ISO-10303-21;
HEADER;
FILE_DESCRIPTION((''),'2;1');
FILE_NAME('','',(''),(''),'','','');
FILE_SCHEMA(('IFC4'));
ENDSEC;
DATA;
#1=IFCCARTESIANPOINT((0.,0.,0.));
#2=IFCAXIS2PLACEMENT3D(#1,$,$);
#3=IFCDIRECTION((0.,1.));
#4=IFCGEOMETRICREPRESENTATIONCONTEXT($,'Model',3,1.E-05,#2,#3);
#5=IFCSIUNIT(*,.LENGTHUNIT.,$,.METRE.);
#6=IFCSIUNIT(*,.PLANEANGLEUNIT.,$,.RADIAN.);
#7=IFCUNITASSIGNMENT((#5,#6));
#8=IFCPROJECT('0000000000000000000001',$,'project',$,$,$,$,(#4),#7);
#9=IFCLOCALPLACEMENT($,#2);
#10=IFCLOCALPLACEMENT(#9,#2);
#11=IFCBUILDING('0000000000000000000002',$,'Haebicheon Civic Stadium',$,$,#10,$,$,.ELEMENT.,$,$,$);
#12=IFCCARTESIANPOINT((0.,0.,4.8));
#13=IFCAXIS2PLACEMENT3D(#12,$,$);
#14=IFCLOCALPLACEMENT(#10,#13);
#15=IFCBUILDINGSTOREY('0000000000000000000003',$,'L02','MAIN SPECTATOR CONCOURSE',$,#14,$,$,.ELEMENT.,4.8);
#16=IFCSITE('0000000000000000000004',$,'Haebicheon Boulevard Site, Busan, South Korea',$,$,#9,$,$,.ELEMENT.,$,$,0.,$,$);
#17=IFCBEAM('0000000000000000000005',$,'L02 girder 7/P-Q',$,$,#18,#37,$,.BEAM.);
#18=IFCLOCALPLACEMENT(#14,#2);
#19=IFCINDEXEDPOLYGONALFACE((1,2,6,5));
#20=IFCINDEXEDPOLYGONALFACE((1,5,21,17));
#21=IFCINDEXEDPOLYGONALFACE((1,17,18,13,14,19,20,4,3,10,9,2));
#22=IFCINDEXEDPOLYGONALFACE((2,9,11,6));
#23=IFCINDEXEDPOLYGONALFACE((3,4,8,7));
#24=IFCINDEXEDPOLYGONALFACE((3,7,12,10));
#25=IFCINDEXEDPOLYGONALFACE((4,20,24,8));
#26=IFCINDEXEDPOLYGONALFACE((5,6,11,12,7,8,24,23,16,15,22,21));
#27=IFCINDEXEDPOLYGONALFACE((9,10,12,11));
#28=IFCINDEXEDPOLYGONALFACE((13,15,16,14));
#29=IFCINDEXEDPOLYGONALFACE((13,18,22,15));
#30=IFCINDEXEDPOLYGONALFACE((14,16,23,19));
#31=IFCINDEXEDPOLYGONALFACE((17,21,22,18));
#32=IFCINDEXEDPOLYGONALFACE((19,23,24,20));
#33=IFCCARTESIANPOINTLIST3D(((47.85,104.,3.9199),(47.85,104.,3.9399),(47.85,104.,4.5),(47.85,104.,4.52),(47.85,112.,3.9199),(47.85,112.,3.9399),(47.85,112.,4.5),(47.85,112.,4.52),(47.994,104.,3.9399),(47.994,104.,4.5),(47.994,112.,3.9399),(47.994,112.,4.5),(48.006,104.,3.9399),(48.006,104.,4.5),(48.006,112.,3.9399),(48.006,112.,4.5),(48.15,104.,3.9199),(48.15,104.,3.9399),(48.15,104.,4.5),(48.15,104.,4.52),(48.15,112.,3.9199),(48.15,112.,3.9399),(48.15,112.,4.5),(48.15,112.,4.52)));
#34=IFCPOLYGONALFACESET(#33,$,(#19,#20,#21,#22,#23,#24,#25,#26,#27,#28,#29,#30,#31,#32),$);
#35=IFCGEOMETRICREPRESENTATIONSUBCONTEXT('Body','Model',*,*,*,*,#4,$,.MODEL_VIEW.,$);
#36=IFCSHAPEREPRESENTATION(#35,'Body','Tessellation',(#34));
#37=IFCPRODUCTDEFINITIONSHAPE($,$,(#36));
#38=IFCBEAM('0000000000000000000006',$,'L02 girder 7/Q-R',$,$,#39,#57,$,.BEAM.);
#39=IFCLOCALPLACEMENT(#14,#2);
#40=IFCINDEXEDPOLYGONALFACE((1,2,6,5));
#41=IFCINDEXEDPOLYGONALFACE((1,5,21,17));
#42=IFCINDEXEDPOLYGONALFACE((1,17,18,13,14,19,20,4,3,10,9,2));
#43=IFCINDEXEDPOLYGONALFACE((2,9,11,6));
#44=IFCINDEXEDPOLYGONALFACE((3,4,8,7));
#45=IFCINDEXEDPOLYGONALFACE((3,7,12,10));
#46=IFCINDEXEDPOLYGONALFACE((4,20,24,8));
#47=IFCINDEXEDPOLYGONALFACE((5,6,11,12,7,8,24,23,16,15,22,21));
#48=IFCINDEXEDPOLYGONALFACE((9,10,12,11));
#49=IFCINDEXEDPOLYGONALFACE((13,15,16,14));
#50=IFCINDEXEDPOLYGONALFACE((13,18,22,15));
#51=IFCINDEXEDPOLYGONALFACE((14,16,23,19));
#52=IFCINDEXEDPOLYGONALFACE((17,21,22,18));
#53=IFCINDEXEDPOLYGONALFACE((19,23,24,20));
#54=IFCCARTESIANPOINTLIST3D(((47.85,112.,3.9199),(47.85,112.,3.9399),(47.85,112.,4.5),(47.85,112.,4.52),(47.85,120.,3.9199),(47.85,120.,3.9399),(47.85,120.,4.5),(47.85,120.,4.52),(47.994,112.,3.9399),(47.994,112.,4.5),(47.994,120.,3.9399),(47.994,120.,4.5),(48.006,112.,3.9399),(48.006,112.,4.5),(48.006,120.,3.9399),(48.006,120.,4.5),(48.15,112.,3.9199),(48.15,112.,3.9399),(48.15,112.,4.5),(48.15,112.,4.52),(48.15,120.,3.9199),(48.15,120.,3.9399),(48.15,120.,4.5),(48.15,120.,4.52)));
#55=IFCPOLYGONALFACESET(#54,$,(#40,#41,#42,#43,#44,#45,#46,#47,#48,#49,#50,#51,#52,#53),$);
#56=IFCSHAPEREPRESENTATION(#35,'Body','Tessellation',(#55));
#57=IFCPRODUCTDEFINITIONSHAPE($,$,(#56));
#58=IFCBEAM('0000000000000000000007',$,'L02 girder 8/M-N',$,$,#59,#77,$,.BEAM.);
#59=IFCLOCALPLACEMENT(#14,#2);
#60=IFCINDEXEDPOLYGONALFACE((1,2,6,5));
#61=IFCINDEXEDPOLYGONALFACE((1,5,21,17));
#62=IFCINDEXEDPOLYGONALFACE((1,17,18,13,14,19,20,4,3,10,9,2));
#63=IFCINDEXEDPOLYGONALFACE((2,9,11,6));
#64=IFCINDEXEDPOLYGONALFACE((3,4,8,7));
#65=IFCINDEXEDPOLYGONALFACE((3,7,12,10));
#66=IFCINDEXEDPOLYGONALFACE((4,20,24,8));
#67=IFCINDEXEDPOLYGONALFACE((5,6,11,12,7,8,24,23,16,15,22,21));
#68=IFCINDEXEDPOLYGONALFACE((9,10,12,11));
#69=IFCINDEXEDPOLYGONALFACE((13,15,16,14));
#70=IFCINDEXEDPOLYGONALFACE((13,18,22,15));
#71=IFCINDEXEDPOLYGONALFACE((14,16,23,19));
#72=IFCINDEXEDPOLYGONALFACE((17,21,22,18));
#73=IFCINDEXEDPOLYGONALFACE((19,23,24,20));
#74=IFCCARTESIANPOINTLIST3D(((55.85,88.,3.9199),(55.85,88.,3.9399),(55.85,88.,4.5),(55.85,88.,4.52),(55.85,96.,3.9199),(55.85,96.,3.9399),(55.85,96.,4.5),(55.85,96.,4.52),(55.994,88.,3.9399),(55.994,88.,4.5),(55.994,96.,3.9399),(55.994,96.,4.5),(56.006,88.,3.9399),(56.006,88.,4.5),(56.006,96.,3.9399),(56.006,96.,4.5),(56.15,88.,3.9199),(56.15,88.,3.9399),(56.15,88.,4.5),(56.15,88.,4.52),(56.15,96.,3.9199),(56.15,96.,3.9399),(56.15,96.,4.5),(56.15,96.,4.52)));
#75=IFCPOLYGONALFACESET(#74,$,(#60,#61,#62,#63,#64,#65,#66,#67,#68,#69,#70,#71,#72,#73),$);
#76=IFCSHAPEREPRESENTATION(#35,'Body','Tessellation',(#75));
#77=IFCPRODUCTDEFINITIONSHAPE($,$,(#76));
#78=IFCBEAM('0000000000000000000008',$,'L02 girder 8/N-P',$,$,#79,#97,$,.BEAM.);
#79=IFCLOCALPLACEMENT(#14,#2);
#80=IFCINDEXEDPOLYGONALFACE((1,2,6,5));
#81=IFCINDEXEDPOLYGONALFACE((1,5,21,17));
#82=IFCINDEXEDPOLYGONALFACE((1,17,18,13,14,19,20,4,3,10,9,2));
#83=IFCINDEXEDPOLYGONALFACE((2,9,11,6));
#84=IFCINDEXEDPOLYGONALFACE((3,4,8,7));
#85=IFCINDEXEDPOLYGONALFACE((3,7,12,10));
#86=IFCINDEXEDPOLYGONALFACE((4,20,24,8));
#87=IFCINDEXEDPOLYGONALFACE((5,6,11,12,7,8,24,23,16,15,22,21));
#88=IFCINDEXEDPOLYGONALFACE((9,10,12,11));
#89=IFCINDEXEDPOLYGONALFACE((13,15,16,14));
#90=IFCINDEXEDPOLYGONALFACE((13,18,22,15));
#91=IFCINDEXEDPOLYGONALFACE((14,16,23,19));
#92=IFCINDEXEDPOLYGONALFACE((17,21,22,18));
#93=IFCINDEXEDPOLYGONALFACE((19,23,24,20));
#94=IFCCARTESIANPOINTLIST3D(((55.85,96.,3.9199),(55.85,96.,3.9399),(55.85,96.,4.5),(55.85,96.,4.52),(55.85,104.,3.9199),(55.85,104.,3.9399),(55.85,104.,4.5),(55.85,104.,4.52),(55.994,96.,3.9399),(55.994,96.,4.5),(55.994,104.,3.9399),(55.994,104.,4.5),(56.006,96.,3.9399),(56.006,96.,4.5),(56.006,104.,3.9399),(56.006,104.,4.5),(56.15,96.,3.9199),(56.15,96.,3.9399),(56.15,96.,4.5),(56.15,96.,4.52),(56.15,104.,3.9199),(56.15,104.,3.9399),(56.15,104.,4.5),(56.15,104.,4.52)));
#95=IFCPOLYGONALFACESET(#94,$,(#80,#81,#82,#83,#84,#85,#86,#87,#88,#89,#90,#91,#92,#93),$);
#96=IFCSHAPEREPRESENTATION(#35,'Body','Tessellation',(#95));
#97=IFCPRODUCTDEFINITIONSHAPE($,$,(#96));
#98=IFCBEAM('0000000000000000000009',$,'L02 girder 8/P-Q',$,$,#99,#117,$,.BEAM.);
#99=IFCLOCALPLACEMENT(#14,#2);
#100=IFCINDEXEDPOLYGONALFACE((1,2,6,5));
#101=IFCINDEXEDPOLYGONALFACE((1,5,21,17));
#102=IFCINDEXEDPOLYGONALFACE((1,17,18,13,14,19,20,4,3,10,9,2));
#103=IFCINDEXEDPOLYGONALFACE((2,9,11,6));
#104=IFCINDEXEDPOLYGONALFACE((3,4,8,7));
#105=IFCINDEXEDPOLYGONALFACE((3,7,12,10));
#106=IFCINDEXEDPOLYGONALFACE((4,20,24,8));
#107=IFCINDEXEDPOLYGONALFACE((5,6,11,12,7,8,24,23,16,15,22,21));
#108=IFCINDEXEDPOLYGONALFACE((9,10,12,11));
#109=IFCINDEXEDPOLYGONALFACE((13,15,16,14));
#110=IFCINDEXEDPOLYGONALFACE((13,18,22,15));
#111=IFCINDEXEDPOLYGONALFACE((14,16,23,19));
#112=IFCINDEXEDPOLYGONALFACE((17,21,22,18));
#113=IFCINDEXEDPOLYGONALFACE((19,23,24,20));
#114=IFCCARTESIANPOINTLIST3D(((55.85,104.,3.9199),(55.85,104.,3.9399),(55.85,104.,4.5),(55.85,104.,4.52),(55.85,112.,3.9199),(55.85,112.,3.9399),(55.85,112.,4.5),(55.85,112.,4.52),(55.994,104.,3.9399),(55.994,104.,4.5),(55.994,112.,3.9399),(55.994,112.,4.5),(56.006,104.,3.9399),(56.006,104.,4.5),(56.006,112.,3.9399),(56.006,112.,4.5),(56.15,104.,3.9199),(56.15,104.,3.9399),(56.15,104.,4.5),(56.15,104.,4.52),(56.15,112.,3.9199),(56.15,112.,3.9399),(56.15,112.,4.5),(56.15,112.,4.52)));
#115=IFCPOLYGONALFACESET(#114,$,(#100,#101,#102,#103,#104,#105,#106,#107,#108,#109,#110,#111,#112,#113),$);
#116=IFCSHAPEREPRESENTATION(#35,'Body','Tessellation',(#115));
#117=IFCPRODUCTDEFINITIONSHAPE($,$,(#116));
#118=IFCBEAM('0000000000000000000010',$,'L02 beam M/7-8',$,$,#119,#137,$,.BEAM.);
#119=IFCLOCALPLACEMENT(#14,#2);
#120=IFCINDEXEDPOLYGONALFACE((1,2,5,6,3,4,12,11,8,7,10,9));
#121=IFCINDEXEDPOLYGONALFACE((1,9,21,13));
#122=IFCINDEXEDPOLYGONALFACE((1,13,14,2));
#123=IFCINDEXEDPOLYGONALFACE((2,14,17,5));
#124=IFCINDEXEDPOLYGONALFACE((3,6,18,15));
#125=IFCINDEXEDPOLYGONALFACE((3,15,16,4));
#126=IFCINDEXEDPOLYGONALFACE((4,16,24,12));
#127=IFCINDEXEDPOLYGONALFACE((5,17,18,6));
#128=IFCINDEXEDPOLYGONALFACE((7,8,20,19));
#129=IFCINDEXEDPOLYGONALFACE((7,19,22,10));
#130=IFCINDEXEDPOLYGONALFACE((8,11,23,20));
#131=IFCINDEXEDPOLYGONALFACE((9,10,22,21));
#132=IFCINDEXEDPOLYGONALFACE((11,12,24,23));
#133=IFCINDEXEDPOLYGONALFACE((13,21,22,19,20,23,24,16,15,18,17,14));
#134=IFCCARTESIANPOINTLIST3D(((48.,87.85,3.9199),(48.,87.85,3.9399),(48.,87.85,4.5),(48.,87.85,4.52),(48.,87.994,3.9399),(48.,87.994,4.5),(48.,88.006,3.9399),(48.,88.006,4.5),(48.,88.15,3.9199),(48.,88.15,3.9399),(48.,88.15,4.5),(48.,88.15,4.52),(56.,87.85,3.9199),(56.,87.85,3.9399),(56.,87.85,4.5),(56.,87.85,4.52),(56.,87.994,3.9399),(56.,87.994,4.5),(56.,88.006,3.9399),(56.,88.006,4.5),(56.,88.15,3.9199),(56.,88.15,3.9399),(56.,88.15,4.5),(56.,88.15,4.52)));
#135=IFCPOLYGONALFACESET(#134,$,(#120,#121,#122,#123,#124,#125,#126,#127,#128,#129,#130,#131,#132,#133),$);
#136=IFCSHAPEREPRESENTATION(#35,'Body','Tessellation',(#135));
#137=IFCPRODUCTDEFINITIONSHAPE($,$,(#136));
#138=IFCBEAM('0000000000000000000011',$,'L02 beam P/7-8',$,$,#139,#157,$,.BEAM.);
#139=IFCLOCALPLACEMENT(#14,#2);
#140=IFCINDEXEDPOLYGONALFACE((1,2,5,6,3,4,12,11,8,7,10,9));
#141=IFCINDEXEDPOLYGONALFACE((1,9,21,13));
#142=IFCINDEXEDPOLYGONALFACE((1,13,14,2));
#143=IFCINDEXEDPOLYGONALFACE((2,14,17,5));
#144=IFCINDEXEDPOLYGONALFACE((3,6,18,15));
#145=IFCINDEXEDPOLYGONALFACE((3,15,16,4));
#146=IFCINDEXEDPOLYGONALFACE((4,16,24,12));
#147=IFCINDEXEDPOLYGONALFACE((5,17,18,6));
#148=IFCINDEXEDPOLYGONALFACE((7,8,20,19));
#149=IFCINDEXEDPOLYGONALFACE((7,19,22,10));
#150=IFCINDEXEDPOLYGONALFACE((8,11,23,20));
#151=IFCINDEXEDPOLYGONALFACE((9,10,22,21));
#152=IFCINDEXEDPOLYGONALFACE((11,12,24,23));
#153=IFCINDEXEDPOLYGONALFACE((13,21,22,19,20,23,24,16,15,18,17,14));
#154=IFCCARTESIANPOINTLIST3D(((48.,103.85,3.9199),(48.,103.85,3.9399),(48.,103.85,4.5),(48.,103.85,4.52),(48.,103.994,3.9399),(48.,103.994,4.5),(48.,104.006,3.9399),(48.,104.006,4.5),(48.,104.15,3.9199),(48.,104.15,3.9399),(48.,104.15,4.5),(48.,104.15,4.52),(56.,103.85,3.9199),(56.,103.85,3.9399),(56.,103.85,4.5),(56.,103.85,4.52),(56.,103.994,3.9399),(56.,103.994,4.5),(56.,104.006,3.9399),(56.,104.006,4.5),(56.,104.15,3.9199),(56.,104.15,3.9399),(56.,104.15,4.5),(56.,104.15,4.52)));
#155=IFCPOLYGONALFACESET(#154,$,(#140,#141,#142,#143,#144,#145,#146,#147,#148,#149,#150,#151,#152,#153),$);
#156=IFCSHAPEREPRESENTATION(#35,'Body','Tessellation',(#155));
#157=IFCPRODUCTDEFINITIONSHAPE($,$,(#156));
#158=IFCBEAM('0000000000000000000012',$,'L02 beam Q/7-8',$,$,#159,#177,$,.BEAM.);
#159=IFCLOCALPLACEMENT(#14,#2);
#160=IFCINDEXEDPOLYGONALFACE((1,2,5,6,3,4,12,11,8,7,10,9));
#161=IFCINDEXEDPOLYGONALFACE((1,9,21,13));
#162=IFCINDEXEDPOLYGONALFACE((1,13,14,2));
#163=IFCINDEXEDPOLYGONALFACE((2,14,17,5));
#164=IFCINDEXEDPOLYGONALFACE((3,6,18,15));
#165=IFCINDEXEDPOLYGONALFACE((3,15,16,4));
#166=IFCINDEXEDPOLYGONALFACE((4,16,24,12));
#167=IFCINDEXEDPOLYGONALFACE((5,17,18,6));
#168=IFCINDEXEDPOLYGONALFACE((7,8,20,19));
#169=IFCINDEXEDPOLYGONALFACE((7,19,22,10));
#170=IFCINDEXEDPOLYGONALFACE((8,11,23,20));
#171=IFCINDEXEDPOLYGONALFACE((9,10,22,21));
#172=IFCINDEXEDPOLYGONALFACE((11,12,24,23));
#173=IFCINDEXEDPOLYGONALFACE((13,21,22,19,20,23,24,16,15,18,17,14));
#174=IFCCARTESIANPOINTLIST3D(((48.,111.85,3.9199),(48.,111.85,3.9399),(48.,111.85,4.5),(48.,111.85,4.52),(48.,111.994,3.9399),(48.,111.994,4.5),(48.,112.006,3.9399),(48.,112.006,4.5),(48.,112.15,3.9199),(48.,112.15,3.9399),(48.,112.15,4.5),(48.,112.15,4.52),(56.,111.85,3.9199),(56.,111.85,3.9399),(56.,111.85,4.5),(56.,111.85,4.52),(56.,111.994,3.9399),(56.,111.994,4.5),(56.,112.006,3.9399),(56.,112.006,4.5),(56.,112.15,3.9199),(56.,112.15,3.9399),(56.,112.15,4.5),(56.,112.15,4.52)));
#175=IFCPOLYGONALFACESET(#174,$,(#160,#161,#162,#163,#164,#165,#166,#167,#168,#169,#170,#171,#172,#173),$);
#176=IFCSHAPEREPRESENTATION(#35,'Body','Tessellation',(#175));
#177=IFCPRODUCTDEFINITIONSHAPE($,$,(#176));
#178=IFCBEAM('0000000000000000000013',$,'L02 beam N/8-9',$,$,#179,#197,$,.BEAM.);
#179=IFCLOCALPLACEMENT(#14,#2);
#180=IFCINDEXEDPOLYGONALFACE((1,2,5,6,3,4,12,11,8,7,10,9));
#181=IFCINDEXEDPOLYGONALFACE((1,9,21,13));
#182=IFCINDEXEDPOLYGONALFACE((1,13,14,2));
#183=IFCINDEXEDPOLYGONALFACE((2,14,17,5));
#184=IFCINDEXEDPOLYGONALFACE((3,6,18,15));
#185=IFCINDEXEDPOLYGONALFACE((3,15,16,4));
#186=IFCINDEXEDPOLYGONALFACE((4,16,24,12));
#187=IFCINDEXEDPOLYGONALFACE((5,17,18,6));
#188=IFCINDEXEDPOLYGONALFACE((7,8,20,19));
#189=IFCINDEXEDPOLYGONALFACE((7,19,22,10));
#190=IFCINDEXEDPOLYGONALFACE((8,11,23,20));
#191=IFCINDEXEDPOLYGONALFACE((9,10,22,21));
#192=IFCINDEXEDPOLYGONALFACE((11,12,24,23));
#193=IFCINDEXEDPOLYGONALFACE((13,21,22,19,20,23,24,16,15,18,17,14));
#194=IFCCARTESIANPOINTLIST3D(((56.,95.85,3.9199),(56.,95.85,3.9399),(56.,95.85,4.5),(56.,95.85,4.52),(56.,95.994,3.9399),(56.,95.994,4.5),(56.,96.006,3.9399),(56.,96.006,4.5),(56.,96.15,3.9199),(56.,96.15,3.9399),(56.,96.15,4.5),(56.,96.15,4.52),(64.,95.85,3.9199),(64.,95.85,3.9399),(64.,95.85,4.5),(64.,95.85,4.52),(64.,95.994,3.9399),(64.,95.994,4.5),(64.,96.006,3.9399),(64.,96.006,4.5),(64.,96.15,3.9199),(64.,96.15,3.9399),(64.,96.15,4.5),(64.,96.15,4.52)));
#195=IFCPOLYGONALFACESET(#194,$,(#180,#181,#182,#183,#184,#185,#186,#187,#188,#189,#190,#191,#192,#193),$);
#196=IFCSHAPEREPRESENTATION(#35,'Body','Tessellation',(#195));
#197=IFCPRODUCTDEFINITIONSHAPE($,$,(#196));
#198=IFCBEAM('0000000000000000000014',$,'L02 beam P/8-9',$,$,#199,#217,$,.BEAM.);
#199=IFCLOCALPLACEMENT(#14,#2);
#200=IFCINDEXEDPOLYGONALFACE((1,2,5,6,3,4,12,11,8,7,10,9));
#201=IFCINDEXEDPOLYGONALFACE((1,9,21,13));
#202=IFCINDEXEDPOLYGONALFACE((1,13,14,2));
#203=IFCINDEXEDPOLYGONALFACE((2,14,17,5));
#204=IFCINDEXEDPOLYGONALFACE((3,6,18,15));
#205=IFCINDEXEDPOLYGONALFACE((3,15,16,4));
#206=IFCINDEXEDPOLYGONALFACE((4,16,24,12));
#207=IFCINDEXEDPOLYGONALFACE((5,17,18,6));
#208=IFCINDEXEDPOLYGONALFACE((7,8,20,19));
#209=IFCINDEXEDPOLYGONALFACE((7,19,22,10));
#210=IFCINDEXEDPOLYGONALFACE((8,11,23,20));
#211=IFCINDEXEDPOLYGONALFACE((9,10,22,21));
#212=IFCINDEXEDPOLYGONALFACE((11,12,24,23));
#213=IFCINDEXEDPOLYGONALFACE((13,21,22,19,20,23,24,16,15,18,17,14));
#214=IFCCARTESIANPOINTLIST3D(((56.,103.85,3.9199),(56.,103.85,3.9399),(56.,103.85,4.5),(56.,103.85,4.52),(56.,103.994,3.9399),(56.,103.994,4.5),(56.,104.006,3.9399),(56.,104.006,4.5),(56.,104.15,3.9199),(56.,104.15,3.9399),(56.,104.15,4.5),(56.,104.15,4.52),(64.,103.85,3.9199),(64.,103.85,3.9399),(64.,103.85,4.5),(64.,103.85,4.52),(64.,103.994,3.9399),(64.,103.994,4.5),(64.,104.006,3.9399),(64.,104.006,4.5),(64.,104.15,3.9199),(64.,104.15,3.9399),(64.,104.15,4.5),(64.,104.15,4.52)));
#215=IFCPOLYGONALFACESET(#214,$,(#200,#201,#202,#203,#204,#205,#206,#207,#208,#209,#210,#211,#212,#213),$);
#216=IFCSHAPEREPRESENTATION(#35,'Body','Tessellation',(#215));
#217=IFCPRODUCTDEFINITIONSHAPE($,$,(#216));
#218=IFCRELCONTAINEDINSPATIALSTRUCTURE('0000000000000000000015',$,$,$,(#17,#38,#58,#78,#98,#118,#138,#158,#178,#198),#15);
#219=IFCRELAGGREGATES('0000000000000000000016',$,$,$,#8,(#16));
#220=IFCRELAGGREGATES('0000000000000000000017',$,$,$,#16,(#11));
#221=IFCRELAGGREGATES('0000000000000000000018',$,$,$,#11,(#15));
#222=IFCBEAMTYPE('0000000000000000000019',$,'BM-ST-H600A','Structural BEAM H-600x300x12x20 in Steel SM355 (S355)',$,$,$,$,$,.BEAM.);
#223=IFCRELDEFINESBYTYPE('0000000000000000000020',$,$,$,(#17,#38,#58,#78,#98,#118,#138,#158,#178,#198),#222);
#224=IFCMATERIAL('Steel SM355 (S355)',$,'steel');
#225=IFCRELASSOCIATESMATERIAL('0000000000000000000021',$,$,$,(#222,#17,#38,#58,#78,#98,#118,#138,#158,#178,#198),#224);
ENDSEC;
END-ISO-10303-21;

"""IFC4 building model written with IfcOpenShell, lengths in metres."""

from ifc_helpers import new_model, si_unit, direction, frame, origin, origin_2d, place, context, subcontext, project, spatial, i_section, extrude, material, material_profile, profile_set, type_object, element, save


model = new_model("IFC4")

# Units and contexts
model_context = context("Model", 3, precision=1e-05, world=origin(), true_north=direction((0.0, 1.0)))
body_context = subcontext(model_context, "Body", "Model", "MODEL_VIEW")
ifc_project = project(units=[si_unit("LENGTHUNIT", "METRE"), si_unit("PLANEANGLEUNIT", "RADIAN")], contexts=[model_context])

# Site, building, storey
site_placement = place(None, origin())
site = spatial("IfcSite", under=ifc_project, at=site_placement, Name="Haebicheon Boulevard Site, Busan, South Korea", CompositionType="ELEMENT", RefElevation=0.0)
building_placement = place(site_placement, origin())
building = spatial("IfcBuilding", under=site, at=building_placement, Name="Haebicheon Civic Stadium", CompositionType="ELEMENT")
storey_placement = place(building_placement, frame((0.0, 0.0, 4.8)))
storey = spatial("IfcBuildingStorey", under=building, at=storey_placement, Name="L02", Description="MAIN SPECTATOR CONCOURSE", CompositionType="ELEMENT", Elevation=4.8)

# Beams
ifc_material_1 = material(Name="Steel SM355 (S355)", Category="steel")
ifc_material_profile_1 = material_profile(ifc_material_1, i_section(OverallWidth=0.3, OverallDepth=0.6001, WebThickness=0.012, FlangeThickness=0.02, at=origin_2d()), Name="H-600x300x12x20")
ifc_profile_set_1 = profile_set([ifc_material_profile_1], Name="Steel SM355 (S355)")
beam_type_1 = type_object("IfcBeamType", Name="BM-ST-H600A", Description="Structural BEAM H-600x300x12x20 in Steel SM355 (S355)", PredefinedType="BEAM", material=ifc_profile_set_1)
for number, where, z_axis, x_axis, name in (
    (1, (48.0, 104.0, 4.22), (0.0, 1.0, 0.0), (-1.0, 0.0, 0.0), "L02 girder 7/P-Q"),
    (2, (48.0, 112.0, 4.22), (0.0, 1.0, 0.0), (-1.0, 0.0, 0.0), "L02 girder 7/Q-R"),
    (3, (56.0, 88.0, 4.22), (0.0, 1.0, 0.0), (-1.0, 0.0, 0.0), "L02 girder 8/M-N"),
    (4, (56.0, 96.0, 4.22), (0.0, 1.0, 0.0), (-1.0, 0.0, 0.0), "L02 girder 8/N-P"),
    (5, (56.0, 104.0, 4.22), (0.0, 1.0, 0.0), (-1.0, 0.0, 0.0), "L02 girder 8/P-Q"),
    (6, (48.0, 88.0, 4.22), (1.0, 0.0, 0.0), (0.0, 1.0, 0.0), "L02 beam M/7-8"),
    (7, (48.0, 104.0, 4.22), (1.0, 0.0, 0.0), (0.0, 1.0, 0.0), "L02 beam P/7-8"),
    (8, (48.0, 112.0, 4.22), (1.0, 0.0, 0.0), (0.0, 1.0, 0.0), "L02 beam Q/7-8"),
    (9, (56.0, 96.0, 4.22), (1.0, 0.0, 0.0), (0.0, 1.0, 0.0), "L02 beam N/8-9"),
    (10, (56.0, 104.0, 4.22), (1.0, 0.0, 0.0), (0.0, 1.0, 0.0), "L02 beam P/8-9"),
):
    element("IfcBeam", number, at=place(storey_placement, frame(where, z_axis=z_axis, x_axis=x_axis)), inside=storey, type_object=beam_type_1, material=ifc_profile_set_1, Name=name, PredefinedType="BEAM", context=body_context, shape_type="SweptSolid", body=[
        extrude(i_section(OverallWidth=0.3, OverallDepth=0.6001, WebThickness=0.012, FlangeThickness=0.02, at=origin_2d()), origin(), (0.0, 0.0, 1.0), 8.0),
    ])

save(model, "model.ifc")
